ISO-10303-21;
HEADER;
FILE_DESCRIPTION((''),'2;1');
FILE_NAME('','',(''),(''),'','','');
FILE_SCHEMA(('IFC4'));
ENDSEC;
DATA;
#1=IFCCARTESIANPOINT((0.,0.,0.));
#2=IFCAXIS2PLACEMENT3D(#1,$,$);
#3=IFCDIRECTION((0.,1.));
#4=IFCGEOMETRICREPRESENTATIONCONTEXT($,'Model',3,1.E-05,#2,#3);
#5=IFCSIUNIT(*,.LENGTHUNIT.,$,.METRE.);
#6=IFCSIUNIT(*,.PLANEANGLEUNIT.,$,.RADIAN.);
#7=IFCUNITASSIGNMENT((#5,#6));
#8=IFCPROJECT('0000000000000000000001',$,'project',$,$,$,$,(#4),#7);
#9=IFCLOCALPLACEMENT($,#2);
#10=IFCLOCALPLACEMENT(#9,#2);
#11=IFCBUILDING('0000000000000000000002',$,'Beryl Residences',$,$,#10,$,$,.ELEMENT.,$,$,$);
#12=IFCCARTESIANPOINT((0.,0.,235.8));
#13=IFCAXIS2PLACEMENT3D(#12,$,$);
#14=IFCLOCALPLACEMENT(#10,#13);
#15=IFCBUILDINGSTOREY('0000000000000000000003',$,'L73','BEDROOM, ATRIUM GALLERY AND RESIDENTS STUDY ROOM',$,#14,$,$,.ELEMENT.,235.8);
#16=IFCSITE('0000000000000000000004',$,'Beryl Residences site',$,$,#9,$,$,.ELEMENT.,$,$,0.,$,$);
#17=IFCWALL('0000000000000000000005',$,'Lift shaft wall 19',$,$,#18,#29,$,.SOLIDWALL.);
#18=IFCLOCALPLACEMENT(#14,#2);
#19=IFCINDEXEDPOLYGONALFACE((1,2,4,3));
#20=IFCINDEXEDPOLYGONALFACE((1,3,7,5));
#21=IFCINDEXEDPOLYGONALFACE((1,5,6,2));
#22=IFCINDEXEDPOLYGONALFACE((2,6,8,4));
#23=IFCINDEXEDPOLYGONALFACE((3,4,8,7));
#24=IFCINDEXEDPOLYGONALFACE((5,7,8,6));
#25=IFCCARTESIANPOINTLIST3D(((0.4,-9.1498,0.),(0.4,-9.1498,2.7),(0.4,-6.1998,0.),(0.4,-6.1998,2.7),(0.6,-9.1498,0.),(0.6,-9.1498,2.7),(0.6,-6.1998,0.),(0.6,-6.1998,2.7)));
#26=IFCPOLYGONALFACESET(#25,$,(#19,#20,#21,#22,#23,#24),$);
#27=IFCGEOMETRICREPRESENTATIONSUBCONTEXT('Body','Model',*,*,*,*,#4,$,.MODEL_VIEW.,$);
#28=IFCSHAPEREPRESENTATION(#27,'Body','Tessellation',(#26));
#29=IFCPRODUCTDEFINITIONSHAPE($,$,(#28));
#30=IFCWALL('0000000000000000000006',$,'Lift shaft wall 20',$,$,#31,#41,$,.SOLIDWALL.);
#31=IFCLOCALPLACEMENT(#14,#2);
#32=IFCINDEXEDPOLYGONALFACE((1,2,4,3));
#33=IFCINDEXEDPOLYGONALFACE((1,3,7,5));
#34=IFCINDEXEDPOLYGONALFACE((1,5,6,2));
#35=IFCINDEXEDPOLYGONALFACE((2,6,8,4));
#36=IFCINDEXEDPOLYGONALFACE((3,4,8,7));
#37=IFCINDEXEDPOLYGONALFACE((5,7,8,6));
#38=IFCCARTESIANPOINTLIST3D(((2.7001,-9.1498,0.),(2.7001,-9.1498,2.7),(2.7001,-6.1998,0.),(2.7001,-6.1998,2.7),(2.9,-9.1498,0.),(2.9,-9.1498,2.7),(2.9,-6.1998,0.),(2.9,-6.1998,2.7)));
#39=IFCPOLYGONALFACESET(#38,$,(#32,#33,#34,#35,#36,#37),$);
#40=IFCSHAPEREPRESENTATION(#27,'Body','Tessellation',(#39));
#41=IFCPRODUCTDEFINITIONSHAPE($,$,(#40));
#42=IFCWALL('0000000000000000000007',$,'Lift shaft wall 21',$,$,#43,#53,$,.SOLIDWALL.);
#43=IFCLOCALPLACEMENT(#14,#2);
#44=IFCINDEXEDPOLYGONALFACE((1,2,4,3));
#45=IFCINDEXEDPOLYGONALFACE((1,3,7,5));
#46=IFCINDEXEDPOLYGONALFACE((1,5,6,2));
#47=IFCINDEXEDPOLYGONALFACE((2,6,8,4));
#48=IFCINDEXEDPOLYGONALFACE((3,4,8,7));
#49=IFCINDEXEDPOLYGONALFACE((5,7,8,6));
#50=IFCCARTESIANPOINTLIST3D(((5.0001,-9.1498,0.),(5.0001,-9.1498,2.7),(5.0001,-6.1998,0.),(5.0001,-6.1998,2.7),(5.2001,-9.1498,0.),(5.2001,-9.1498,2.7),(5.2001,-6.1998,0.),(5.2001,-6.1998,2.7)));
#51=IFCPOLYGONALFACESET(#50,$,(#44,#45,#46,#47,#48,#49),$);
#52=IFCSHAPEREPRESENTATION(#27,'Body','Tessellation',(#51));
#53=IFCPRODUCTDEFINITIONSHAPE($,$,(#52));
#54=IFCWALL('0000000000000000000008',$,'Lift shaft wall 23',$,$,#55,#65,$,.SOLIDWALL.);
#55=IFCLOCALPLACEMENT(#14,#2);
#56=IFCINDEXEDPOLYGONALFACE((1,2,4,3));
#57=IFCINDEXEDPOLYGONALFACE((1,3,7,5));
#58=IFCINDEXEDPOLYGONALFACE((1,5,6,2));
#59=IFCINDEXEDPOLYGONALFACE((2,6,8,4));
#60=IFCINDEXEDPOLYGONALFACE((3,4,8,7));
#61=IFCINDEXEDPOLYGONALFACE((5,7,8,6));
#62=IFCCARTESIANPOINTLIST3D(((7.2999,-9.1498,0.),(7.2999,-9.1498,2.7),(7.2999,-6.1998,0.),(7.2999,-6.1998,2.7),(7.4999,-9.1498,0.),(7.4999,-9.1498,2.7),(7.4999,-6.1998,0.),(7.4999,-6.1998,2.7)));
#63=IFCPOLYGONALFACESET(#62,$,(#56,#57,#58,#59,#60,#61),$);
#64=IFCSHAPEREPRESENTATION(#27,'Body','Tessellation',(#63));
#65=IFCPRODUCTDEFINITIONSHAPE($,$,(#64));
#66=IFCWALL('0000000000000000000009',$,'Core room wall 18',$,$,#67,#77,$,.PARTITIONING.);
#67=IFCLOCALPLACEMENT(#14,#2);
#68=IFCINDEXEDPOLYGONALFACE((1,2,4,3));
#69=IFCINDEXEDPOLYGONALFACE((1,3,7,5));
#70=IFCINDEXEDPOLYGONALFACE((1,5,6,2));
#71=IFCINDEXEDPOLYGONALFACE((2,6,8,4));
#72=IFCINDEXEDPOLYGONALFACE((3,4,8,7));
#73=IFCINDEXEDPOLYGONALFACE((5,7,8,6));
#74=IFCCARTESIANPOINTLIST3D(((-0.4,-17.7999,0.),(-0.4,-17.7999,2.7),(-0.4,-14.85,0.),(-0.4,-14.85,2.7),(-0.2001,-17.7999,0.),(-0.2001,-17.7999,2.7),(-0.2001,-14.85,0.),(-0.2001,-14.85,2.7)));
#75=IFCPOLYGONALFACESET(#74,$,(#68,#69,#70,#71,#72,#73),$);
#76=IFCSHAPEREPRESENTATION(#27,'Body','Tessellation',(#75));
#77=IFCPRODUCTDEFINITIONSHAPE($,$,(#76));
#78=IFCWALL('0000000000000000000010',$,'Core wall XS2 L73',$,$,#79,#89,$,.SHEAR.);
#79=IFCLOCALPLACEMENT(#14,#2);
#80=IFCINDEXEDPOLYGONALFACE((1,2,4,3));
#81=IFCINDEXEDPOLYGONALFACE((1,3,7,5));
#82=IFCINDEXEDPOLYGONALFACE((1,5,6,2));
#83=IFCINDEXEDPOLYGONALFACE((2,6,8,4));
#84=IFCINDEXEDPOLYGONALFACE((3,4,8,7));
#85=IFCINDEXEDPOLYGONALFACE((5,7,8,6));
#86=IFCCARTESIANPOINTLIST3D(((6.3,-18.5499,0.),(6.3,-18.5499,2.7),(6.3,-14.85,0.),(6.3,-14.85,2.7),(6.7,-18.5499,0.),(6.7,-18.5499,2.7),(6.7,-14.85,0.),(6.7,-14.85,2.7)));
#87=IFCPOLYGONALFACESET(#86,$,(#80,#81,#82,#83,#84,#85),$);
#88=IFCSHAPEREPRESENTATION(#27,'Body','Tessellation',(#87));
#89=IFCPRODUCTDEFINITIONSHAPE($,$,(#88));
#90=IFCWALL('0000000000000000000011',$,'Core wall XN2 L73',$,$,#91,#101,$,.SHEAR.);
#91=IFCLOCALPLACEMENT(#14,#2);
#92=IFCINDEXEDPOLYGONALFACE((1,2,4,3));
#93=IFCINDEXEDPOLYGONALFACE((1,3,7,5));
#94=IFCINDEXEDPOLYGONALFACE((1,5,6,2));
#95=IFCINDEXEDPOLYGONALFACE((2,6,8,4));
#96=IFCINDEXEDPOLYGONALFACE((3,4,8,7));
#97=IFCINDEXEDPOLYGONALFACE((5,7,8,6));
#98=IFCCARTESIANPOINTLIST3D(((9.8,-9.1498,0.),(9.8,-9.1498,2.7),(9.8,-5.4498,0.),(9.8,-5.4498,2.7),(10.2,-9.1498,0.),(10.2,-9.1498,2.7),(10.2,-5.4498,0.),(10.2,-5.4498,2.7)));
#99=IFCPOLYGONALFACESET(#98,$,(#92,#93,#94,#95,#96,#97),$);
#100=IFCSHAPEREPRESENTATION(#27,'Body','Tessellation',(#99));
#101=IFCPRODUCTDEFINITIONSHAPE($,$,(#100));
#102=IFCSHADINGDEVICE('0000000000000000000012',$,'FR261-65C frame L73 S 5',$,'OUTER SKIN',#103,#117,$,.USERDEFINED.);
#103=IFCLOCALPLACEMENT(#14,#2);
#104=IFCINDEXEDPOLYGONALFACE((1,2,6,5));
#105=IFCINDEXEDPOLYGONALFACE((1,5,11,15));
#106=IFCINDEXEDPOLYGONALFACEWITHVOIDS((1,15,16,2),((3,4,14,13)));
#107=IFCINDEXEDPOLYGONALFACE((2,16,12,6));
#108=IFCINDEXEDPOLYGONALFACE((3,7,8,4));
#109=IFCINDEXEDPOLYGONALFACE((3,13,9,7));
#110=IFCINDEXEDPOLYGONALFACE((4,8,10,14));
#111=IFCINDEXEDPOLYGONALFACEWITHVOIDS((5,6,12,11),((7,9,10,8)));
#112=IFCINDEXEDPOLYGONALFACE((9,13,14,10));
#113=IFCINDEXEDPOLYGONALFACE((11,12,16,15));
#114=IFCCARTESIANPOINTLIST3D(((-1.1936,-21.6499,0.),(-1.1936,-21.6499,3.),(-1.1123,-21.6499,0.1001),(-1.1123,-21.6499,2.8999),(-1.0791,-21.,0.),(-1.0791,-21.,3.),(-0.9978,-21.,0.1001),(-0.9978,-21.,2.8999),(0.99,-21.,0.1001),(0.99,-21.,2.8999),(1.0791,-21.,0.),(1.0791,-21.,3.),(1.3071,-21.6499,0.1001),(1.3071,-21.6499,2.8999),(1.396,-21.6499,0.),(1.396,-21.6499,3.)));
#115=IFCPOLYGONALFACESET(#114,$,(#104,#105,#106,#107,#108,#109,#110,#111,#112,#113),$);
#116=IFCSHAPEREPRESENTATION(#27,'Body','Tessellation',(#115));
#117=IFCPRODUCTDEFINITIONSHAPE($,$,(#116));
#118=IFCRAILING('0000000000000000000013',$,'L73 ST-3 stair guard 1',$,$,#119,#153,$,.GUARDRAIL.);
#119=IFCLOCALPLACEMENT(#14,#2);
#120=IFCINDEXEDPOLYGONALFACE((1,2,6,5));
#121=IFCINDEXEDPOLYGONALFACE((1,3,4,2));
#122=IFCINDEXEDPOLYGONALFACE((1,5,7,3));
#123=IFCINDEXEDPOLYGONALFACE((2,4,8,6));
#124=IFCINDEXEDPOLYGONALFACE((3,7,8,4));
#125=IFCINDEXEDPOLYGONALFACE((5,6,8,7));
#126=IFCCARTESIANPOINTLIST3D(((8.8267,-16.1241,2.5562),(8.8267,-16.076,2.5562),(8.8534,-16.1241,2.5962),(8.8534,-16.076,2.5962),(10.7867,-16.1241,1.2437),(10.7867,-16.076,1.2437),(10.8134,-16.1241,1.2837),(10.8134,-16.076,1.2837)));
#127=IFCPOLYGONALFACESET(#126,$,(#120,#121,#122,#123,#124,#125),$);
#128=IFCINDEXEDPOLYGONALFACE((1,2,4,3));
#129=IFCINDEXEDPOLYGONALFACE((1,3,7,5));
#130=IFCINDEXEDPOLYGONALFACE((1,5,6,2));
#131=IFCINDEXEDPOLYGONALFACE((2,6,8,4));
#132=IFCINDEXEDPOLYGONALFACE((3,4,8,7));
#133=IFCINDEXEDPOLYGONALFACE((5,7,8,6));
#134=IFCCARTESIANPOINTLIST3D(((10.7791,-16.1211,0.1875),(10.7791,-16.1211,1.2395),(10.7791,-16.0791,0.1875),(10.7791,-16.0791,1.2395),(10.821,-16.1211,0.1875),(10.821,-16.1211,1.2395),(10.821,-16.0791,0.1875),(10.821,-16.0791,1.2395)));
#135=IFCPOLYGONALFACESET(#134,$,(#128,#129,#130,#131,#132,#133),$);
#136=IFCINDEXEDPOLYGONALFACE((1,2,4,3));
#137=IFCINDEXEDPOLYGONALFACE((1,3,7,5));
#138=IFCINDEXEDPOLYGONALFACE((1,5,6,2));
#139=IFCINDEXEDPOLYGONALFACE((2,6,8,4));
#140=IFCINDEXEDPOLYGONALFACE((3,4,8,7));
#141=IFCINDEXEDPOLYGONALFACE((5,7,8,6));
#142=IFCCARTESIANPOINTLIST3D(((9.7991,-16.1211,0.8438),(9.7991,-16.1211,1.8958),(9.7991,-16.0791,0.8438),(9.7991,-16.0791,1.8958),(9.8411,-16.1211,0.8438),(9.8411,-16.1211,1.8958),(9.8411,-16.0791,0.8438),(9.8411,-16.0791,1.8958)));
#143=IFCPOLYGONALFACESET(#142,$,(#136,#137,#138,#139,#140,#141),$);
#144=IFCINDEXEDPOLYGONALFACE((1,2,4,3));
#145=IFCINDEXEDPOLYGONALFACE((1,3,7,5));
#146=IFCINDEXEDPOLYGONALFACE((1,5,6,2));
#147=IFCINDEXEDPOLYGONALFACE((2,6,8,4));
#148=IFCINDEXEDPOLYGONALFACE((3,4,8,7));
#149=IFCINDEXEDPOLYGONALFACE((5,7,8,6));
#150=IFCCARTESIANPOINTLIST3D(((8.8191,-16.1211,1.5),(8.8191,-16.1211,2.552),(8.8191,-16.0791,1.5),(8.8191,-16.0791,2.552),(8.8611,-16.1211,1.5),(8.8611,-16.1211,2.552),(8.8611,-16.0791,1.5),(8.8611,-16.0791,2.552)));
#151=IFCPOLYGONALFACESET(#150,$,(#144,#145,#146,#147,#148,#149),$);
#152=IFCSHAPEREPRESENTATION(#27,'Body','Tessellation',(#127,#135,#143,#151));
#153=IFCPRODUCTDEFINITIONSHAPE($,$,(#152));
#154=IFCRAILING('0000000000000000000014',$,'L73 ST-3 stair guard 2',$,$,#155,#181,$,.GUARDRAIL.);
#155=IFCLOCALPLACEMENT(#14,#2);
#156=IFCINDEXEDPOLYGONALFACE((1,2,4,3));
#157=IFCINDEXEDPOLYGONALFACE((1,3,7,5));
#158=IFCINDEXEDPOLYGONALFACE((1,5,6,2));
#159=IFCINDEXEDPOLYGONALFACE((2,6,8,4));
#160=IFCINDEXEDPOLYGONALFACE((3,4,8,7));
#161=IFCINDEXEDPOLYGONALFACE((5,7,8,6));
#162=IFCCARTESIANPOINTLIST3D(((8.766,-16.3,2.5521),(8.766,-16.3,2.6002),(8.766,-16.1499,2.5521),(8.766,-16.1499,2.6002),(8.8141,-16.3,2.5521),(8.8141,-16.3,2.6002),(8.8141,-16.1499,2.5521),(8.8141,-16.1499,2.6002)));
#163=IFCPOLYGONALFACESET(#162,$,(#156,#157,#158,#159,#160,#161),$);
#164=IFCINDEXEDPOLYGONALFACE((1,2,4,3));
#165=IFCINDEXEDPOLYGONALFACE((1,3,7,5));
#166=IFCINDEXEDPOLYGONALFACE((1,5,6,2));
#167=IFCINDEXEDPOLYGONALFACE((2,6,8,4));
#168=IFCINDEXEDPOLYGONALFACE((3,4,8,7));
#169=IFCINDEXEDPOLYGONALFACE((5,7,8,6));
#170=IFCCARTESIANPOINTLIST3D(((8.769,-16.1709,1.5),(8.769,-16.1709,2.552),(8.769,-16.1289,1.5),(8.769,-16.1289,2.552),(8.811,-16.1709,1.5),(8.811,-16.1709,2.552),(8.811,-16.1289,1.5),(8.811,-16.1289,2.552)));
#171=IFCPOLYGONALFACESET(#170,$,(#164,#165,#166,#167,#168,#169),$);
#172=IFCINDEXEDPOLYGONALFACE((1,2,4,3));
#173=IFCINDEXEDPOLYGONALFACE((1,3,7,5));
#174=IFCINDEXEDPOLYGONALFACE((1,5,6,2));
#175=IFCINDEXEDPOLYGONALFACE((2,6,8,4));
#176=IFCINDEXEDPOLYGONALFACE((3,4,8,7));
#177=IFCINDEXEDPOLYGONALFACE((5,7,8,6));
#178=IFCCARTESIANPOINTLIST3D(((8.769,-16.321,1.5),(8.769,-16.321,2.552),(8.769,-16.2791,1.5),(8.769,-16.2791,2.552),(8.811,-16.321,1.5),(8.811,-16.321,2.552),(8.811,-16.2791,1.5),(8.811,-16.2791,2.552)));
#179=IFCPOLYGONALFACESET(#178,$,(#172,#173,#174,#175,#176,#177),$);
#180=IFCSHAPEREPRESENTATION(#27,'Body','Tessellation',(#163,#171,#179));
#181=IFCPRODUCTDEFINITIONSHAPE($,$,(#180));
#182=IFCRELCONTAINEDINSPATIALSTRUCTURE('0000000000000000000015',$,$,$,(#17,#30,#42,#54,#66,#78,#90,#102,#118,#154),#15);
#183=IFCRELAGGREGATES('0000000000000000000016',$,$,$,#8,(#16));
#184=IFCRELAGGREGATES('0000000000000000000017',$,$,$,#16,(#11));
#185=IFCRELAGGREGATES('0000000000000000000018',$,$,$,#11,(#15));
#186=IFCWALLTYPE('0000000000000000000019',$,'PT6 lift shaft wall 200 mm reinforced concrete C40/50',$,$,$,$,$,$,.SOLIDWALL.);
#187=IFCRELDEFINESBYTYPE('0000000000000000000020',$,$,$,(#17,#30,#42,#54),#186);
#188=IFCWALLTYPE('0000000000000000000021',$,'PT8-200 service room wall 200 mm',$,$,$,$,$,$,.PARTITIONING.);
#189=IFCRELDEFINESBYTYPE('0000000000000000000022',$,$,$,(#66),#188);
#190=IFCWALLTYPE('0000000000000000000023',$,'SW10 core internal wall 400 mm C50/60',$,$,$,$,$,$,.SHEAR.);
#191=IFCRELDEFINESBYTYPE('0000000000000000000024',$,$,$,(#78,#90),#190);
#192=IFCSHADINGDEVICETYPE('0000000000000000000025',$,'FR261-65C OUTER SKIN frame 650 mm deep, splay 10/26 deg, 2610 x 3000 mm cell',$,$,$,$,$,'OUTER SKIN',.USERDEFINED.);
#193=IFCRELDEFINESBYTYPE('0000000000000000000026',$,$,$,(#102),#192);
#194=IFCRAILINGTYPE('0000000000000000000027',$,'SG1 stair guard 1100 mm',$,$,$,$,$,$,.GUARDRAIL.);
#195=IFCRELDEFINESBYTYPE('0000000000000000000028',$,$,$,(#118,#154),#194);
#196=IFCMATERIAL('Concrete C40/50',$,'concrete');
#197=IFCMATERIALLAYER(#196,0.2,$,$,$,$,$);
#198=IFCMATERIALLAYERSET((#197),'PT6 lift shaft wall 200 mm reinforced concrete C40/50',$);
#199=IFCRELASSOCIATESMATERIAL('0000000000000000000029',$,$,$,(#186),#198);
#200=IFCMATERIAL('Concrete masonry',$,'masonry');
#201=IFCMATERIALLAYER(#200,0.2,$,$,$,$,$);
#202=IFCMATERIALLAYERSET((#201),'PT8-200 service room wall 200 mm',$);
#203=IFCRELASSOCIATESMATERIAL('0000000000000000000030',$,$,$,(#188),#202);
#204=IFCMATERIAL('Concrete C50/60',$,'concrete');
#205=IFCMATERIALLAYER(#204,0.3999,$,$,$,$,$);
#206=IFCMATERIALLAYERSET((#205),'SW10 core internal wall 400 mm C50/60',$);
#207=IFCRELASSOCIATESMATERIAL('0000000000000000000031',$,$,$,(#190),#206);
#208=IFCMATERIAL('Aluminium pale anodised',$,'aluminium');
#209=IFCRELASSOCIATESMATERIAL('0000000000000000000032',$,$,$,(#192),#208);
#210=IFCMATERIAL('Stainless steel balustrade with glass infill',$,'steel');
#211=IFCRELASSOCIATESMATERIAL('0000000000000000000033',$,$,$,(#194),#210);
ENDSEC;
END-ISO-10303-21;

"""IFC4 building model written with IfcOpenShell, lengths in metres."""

from ifc_helpers import new_model, entity, si_unit, direction, frame, frame_2d, origin, origin_2d, place, context, subcontext, project, spatial, rectangle, extrude, source, transform, mapped, material, layer, layer_set, type_object, type_shapes, element, save


model = new_model("IFC4")

# Units and contexts
model_context = context("Model", 3, precision=1e-05, world=origin(), true_north=direction((0.0, 1.0)))
body_context = subcontext(model_context, "Body", "Model", "MODEL_VIEW")
ifc_project = project(units=[si_unit("LENGTHUNIT", "METRE"), si_unit("PLANEANGLEUNIT", "RADIAN")], contexts=[model_context])

# Site, building, storey
site_placement = place(None, origin())
site = spatial("IfcSite", under=ifc_project, at=site_placement, Name="Beryl Residences site", CompositionType="ELEMENT", RefElevation=0.0)
building_placement = place(site_placement, origin())
building = spatial("IfcBuilding", under=site, at=building_placement, Name="Beryl Residences", CompositionType="ELEMENT")
storey_placement = place(building_placement, frame((0.0, 0.0, 235.8)))
storey = spatial("IfcBuildingStorey", under=building, at=storey_placement, Name="L73", Description="BEDROOM, ATRIUM GALLERY AND RESIDENTS STUDY ROOM", CompositionType="ELEMENT", Elevation=235.8)

# Walls
ifc_material_1 = material(Name="Concrete C40/50", Category="concrete")
ifc_layer_1 = layer(ifc_material_1, 0.2)
ifc_layer_set_1 = layer_set([ifc_layer_1], Name="PT6 lift shaft wall 200 mm reinforced concrete C40/50")
wall_type_1 = type_object("IfcWallType", Name="PT6 lift shaft wall 200 mm reinforced concrete C40/50", PredefinedType="SOLIDWALL", material=ifc_layer_set_1)
for number, where, z_axis, x_axis, name in (
    (1, (0.5, -9.1499, 0.0), (0.0, 0.0, 1.0), (0.0, 1.0, 0.0), "Lift shaft wall 19"),
    (2, (2.8, -9.1499, 0.0), (0.0, 0.0, 1.0), (0.0, 1.0, 0.0), "Lift shaft wall 20"),
    (3, (5.1001, -9.1499, 0.0), (0.0, 0.0, 1.0), (0.0, 1.0, 0.0), "Lift shaft wall 21"),
    (4, (7.3999, -9.1499, 0.0), (0.0, 0.0, 1.0), (0.0, 1.0, 0.0), "Lift shaft wall 23"),
):
    element("IfcWall", number, at=place(storey_placement, frame(where, z_axis=z_axis, x_axis=x_axis)), inside=storey, type_object=wall_type_1, Name=name, PredefinedType="SOLIDWALL", context=body_context, shape_type="SweptSolid", body=[
        extrude(rectangle(XDim=2.95, YDim=0.2, at=frame_2d((1.4751, 0.0))), origin(), (0.0, 0.0, 1.0), 2.7),
    ])
ifc_material_2 = material(Name="Concrete masonry", Category="masonry")
ifc_layer_2 = layer(ifc_material_2, 0.2)
ifc_layer_set_2 = layer_set([ifc_layer_2], Name="PT8-200 service room wall 200 mm")
wall_type_2 = type_object("IfcWallType", Name="PT8-200 service room wall 200 mm", PredefinedType="PARTITIONING", material=ifc_layer_set_2)
wall_1_placement = place(storey_placement, frame((-0.3, -17.8, 0.0), z_axis=(0.0, 0.0, 1.0), x_axis=(0.0, 1.0, 0.0)))
element("IfcWall", 5, at=wall_1_placement, inside=storey, type_object=wall_type_2, Name="Core room wall 18", PredefinedType="PARTITIONING", context=body_context, shape_type="SweptSolid", body=[
    extrude(rectangle(XDim=2.95, YDim=0.2, at=frame_2d((1.4751, 0.0))), origin(), (0.0, 0.0, 1.0), 2.7),
])
ifc_material_3 = material(Name="Concrete C50/60", Category="concrete")
ifc_layer_3 = layer(ifc_material_3, 0.3999)
ifc_layer_set_3 = layer_set([ifc_layer_3], Name="SW10 core internal wall 400 mm C50/60")
wall_type_3 = type_object("IfcWallType", Name="SW10 core internal wall 400 mm C50/60", PredefinedType="SHEAR", material=ifc_layer_set_3)
for number, where, z_axis, x_axis, name in (
    (6, (6.5, -18.55, 0.0), (0.0, 0.0, 1.0), (0.0, 1.0, 0.0), "Core wall XS2 L73"),
    (7, (10.0, -9.1499, 0.0), (0.0, 0.0, 1.0), (0.0, 1.0, 0.0), "Core wall XN2 L73"),
):
    element("IfcWall", number, at=place(storey_placement, frame(where, z_axis=z_axis, x_axis=x_axis)), inside=storey, type_object=wall_type_3, Name=name, PredefinedType="SHEAR", context=body_context, shape_type="SweptSolid", body=[
        extrude(rectangle(XDim=3.7, YDim=0.3999, at=frame_2d((1.8501, 0.0))), origin(), (0.0, 0.0, 1.0), 2.7),
    ])

# Shading device
ifc_material_4 = material(Name="Aluminium pale anodised", Category="aluminium")
shading_device_type_1 = type_object("IfcShadingDeviceType", Name="FR261-65C OUTER SKIN frame 650 mm deep, splay 10/26 deg, 2610 x 3000 mm cell", ElementType="OUTER SKIN", PredefinedType="USERDEFINED", material=ifc_material_4)
cartesian_point_1 = entity("IfcCartesianPoint", [-1.0791, 0.0])
cartesian_point_2 = entity("IfcCartesianPoint", [-0.9978, 0.1001])
cartesian_point_3 = entity("IfcCartesianPoint", [-1.1936, 0.0])
cartesian_point_4 = entity("IfcCartesianPoint", [-1.1123, 0.1001])
shared_shape_1 = source(origin(), body_context, "Body", "SweptSolid", [
    entity("IfcExtrudedAreaSolidTapered", entity("IfcArbitraryProfileDefWithVoids", "AREA", None, entity("IfcPolyline", [cartesian_point_1, entity("IfcCartesianPoint", [1.0791, 0.0]), entity("IfcCartesianPoint", [1.0791, 3.0]), entity("IfcCartesianPoint", [-1.0791, 3.0]), cartesian_point_1]), [entity("IfcPolyline", [cartesian_point_2, entity("IfcCartesianPoint", [0.99, 0.1001]), entity("IfcCartesianPoint", [0.99, 2.8999]), entity("IfcCartesianPoint", [-0.9978, 2.8999]), cartesian_point_2])]), entity("IfcAxis2Placement3D", entity("IfcCartesianPoint", [0.0, 0.0, 0.0]), entity("IfcDirection", [0.0, 1.0, 0.0]), entity("IfcDirection", [-1.0, 0.0, 0.0])), entity("IfcDirection", [0.0, 0.0, 1.0]), 0.6499, entity("IfcArbitraryProfileDefWithVoids", "AREA", None, entity("IfcPolyline", [cartesian_point_3, entity("IfcCartesianPoint", [1.396, 0.0]), entity("IfcCartesianPoint", [1.396, 3.0]), entity("IfcCartesianPoint", [-1.1936, 3.0]), cartesian_point_3]), [entity("IfcPolyline", [cartesian_point_4, entity("IfcCartesianPoint", [1.3071, 0.1001]), entity("IfcCartesianPoint", [1.3071, 2.8999]), entity("IfcCartesianPoint", [-1.1123, 2.8999]), cartesian_point_4])])),
])
type_shapes(shading_device_type_1, [shared_shape_1])
for number, where, z_axis, x_axis, name in (
    (8, (0.0, -21.0, 0.0), (0.0, 0.0, 1.0), (-1.0, 0.0, 0.0), "FR261-65C frame L73 S 5"),
):
    element("IfcShadingDevice", number, at=place(storey_placement, frame(where, z_axis=z_axis, x_axis=x_axis)), inside=storey, type_object=shading_device_type_1, Name=name, ObjectType="OUTER SKIN", PredefinedType="USERDEFINED", context=body_context, shape_type="MappedRepresentation", body=[
        mapped(shared_shape_1, transform((0.0, 0.0, 0.0))),
    ])

# Railings
ifc_material_5 = material(Name="Stainless steel balustrade with glass infill", Category="steel")
railing_type_1 = type_object("IfcRailingType", Name="SG1 stair guard 1100 mm", PredefinedType="GUARDRAIL", material=ifc_material_5)
railing_1_placement = place(storey_placement, frame((10.8, -16.1001, 0.1875)))
element("IfcRailing", 9, at=railing_1_placement, inside=storey, type_object=railing_type_1, Name="L73 ST-3 stair guard 1", PredefinedType="GUARDRAIL", context=body_context, shape_type="SweptSolid", body=[
    extrude(rectangle(XDim=0.0481, YDim=0.0481, at=origin_2d()), frame((0.0, 0.0, 1.0762), z_axis=(-0.830902, 0.0, 0.556419), x_axis=(0.0, -1.0, 0.0)), (0.0, 0.0, 1.0), 2.3589),
    extrude(rectangle(XDim=0.042, YDim=0.042, at=origin_2d()), origin(), (0.0, 0.0, 1.0), 1.052),
    extrude(rectangle(XDim=0.042, YDim=0.042, at=origin_2d()), frame((-0.98, 0.0, 0.6562)), (0.0, 0.0, 1.0), 1.052),
    extrude(rectangle(XDim=0.042, YDim=0.042, at=origin_2d()), frame((-1.96, 0.0, 1.3125)), (0.0, 0.0, 1.0), 1.052),
])
railing_2_placement = place(storey_placement, frame((8.79, -16.1499, 1.5)))
element("IfcRailing", 10, at=railing_2_placement, inside=storey, type_object=railing_type_1, Name="L73 ST-3 stair guard 2", PredefinedType="GUARDRAIL", context=body_context, shape_type="SweptSolid", body=[
    extrude(rectangle(XDim=0.0481, YDim=0.0481, at=origin_2d()), frame((0.0, 0.0, 1.0762), z_axis=(0.0, -1.0, 0.0), x_axis=(1.0, 0.0, 0.0)), (0.0, 0.0, 1.0), 0.1501),
    extrude(rectangle(XDim=0.042, YDim=0.042, at=origin_2d()), origin(), (0.0, 0.0, 1.0), 1.052),
    extrude(rectangle(XDim=0.042, YDim=0.042, at=origin_2d()), frame((0.0, -0.1501, 0.0)), (0.0, 0.0, 1.0), 1.052),
])

save(model, "model.ifc")
